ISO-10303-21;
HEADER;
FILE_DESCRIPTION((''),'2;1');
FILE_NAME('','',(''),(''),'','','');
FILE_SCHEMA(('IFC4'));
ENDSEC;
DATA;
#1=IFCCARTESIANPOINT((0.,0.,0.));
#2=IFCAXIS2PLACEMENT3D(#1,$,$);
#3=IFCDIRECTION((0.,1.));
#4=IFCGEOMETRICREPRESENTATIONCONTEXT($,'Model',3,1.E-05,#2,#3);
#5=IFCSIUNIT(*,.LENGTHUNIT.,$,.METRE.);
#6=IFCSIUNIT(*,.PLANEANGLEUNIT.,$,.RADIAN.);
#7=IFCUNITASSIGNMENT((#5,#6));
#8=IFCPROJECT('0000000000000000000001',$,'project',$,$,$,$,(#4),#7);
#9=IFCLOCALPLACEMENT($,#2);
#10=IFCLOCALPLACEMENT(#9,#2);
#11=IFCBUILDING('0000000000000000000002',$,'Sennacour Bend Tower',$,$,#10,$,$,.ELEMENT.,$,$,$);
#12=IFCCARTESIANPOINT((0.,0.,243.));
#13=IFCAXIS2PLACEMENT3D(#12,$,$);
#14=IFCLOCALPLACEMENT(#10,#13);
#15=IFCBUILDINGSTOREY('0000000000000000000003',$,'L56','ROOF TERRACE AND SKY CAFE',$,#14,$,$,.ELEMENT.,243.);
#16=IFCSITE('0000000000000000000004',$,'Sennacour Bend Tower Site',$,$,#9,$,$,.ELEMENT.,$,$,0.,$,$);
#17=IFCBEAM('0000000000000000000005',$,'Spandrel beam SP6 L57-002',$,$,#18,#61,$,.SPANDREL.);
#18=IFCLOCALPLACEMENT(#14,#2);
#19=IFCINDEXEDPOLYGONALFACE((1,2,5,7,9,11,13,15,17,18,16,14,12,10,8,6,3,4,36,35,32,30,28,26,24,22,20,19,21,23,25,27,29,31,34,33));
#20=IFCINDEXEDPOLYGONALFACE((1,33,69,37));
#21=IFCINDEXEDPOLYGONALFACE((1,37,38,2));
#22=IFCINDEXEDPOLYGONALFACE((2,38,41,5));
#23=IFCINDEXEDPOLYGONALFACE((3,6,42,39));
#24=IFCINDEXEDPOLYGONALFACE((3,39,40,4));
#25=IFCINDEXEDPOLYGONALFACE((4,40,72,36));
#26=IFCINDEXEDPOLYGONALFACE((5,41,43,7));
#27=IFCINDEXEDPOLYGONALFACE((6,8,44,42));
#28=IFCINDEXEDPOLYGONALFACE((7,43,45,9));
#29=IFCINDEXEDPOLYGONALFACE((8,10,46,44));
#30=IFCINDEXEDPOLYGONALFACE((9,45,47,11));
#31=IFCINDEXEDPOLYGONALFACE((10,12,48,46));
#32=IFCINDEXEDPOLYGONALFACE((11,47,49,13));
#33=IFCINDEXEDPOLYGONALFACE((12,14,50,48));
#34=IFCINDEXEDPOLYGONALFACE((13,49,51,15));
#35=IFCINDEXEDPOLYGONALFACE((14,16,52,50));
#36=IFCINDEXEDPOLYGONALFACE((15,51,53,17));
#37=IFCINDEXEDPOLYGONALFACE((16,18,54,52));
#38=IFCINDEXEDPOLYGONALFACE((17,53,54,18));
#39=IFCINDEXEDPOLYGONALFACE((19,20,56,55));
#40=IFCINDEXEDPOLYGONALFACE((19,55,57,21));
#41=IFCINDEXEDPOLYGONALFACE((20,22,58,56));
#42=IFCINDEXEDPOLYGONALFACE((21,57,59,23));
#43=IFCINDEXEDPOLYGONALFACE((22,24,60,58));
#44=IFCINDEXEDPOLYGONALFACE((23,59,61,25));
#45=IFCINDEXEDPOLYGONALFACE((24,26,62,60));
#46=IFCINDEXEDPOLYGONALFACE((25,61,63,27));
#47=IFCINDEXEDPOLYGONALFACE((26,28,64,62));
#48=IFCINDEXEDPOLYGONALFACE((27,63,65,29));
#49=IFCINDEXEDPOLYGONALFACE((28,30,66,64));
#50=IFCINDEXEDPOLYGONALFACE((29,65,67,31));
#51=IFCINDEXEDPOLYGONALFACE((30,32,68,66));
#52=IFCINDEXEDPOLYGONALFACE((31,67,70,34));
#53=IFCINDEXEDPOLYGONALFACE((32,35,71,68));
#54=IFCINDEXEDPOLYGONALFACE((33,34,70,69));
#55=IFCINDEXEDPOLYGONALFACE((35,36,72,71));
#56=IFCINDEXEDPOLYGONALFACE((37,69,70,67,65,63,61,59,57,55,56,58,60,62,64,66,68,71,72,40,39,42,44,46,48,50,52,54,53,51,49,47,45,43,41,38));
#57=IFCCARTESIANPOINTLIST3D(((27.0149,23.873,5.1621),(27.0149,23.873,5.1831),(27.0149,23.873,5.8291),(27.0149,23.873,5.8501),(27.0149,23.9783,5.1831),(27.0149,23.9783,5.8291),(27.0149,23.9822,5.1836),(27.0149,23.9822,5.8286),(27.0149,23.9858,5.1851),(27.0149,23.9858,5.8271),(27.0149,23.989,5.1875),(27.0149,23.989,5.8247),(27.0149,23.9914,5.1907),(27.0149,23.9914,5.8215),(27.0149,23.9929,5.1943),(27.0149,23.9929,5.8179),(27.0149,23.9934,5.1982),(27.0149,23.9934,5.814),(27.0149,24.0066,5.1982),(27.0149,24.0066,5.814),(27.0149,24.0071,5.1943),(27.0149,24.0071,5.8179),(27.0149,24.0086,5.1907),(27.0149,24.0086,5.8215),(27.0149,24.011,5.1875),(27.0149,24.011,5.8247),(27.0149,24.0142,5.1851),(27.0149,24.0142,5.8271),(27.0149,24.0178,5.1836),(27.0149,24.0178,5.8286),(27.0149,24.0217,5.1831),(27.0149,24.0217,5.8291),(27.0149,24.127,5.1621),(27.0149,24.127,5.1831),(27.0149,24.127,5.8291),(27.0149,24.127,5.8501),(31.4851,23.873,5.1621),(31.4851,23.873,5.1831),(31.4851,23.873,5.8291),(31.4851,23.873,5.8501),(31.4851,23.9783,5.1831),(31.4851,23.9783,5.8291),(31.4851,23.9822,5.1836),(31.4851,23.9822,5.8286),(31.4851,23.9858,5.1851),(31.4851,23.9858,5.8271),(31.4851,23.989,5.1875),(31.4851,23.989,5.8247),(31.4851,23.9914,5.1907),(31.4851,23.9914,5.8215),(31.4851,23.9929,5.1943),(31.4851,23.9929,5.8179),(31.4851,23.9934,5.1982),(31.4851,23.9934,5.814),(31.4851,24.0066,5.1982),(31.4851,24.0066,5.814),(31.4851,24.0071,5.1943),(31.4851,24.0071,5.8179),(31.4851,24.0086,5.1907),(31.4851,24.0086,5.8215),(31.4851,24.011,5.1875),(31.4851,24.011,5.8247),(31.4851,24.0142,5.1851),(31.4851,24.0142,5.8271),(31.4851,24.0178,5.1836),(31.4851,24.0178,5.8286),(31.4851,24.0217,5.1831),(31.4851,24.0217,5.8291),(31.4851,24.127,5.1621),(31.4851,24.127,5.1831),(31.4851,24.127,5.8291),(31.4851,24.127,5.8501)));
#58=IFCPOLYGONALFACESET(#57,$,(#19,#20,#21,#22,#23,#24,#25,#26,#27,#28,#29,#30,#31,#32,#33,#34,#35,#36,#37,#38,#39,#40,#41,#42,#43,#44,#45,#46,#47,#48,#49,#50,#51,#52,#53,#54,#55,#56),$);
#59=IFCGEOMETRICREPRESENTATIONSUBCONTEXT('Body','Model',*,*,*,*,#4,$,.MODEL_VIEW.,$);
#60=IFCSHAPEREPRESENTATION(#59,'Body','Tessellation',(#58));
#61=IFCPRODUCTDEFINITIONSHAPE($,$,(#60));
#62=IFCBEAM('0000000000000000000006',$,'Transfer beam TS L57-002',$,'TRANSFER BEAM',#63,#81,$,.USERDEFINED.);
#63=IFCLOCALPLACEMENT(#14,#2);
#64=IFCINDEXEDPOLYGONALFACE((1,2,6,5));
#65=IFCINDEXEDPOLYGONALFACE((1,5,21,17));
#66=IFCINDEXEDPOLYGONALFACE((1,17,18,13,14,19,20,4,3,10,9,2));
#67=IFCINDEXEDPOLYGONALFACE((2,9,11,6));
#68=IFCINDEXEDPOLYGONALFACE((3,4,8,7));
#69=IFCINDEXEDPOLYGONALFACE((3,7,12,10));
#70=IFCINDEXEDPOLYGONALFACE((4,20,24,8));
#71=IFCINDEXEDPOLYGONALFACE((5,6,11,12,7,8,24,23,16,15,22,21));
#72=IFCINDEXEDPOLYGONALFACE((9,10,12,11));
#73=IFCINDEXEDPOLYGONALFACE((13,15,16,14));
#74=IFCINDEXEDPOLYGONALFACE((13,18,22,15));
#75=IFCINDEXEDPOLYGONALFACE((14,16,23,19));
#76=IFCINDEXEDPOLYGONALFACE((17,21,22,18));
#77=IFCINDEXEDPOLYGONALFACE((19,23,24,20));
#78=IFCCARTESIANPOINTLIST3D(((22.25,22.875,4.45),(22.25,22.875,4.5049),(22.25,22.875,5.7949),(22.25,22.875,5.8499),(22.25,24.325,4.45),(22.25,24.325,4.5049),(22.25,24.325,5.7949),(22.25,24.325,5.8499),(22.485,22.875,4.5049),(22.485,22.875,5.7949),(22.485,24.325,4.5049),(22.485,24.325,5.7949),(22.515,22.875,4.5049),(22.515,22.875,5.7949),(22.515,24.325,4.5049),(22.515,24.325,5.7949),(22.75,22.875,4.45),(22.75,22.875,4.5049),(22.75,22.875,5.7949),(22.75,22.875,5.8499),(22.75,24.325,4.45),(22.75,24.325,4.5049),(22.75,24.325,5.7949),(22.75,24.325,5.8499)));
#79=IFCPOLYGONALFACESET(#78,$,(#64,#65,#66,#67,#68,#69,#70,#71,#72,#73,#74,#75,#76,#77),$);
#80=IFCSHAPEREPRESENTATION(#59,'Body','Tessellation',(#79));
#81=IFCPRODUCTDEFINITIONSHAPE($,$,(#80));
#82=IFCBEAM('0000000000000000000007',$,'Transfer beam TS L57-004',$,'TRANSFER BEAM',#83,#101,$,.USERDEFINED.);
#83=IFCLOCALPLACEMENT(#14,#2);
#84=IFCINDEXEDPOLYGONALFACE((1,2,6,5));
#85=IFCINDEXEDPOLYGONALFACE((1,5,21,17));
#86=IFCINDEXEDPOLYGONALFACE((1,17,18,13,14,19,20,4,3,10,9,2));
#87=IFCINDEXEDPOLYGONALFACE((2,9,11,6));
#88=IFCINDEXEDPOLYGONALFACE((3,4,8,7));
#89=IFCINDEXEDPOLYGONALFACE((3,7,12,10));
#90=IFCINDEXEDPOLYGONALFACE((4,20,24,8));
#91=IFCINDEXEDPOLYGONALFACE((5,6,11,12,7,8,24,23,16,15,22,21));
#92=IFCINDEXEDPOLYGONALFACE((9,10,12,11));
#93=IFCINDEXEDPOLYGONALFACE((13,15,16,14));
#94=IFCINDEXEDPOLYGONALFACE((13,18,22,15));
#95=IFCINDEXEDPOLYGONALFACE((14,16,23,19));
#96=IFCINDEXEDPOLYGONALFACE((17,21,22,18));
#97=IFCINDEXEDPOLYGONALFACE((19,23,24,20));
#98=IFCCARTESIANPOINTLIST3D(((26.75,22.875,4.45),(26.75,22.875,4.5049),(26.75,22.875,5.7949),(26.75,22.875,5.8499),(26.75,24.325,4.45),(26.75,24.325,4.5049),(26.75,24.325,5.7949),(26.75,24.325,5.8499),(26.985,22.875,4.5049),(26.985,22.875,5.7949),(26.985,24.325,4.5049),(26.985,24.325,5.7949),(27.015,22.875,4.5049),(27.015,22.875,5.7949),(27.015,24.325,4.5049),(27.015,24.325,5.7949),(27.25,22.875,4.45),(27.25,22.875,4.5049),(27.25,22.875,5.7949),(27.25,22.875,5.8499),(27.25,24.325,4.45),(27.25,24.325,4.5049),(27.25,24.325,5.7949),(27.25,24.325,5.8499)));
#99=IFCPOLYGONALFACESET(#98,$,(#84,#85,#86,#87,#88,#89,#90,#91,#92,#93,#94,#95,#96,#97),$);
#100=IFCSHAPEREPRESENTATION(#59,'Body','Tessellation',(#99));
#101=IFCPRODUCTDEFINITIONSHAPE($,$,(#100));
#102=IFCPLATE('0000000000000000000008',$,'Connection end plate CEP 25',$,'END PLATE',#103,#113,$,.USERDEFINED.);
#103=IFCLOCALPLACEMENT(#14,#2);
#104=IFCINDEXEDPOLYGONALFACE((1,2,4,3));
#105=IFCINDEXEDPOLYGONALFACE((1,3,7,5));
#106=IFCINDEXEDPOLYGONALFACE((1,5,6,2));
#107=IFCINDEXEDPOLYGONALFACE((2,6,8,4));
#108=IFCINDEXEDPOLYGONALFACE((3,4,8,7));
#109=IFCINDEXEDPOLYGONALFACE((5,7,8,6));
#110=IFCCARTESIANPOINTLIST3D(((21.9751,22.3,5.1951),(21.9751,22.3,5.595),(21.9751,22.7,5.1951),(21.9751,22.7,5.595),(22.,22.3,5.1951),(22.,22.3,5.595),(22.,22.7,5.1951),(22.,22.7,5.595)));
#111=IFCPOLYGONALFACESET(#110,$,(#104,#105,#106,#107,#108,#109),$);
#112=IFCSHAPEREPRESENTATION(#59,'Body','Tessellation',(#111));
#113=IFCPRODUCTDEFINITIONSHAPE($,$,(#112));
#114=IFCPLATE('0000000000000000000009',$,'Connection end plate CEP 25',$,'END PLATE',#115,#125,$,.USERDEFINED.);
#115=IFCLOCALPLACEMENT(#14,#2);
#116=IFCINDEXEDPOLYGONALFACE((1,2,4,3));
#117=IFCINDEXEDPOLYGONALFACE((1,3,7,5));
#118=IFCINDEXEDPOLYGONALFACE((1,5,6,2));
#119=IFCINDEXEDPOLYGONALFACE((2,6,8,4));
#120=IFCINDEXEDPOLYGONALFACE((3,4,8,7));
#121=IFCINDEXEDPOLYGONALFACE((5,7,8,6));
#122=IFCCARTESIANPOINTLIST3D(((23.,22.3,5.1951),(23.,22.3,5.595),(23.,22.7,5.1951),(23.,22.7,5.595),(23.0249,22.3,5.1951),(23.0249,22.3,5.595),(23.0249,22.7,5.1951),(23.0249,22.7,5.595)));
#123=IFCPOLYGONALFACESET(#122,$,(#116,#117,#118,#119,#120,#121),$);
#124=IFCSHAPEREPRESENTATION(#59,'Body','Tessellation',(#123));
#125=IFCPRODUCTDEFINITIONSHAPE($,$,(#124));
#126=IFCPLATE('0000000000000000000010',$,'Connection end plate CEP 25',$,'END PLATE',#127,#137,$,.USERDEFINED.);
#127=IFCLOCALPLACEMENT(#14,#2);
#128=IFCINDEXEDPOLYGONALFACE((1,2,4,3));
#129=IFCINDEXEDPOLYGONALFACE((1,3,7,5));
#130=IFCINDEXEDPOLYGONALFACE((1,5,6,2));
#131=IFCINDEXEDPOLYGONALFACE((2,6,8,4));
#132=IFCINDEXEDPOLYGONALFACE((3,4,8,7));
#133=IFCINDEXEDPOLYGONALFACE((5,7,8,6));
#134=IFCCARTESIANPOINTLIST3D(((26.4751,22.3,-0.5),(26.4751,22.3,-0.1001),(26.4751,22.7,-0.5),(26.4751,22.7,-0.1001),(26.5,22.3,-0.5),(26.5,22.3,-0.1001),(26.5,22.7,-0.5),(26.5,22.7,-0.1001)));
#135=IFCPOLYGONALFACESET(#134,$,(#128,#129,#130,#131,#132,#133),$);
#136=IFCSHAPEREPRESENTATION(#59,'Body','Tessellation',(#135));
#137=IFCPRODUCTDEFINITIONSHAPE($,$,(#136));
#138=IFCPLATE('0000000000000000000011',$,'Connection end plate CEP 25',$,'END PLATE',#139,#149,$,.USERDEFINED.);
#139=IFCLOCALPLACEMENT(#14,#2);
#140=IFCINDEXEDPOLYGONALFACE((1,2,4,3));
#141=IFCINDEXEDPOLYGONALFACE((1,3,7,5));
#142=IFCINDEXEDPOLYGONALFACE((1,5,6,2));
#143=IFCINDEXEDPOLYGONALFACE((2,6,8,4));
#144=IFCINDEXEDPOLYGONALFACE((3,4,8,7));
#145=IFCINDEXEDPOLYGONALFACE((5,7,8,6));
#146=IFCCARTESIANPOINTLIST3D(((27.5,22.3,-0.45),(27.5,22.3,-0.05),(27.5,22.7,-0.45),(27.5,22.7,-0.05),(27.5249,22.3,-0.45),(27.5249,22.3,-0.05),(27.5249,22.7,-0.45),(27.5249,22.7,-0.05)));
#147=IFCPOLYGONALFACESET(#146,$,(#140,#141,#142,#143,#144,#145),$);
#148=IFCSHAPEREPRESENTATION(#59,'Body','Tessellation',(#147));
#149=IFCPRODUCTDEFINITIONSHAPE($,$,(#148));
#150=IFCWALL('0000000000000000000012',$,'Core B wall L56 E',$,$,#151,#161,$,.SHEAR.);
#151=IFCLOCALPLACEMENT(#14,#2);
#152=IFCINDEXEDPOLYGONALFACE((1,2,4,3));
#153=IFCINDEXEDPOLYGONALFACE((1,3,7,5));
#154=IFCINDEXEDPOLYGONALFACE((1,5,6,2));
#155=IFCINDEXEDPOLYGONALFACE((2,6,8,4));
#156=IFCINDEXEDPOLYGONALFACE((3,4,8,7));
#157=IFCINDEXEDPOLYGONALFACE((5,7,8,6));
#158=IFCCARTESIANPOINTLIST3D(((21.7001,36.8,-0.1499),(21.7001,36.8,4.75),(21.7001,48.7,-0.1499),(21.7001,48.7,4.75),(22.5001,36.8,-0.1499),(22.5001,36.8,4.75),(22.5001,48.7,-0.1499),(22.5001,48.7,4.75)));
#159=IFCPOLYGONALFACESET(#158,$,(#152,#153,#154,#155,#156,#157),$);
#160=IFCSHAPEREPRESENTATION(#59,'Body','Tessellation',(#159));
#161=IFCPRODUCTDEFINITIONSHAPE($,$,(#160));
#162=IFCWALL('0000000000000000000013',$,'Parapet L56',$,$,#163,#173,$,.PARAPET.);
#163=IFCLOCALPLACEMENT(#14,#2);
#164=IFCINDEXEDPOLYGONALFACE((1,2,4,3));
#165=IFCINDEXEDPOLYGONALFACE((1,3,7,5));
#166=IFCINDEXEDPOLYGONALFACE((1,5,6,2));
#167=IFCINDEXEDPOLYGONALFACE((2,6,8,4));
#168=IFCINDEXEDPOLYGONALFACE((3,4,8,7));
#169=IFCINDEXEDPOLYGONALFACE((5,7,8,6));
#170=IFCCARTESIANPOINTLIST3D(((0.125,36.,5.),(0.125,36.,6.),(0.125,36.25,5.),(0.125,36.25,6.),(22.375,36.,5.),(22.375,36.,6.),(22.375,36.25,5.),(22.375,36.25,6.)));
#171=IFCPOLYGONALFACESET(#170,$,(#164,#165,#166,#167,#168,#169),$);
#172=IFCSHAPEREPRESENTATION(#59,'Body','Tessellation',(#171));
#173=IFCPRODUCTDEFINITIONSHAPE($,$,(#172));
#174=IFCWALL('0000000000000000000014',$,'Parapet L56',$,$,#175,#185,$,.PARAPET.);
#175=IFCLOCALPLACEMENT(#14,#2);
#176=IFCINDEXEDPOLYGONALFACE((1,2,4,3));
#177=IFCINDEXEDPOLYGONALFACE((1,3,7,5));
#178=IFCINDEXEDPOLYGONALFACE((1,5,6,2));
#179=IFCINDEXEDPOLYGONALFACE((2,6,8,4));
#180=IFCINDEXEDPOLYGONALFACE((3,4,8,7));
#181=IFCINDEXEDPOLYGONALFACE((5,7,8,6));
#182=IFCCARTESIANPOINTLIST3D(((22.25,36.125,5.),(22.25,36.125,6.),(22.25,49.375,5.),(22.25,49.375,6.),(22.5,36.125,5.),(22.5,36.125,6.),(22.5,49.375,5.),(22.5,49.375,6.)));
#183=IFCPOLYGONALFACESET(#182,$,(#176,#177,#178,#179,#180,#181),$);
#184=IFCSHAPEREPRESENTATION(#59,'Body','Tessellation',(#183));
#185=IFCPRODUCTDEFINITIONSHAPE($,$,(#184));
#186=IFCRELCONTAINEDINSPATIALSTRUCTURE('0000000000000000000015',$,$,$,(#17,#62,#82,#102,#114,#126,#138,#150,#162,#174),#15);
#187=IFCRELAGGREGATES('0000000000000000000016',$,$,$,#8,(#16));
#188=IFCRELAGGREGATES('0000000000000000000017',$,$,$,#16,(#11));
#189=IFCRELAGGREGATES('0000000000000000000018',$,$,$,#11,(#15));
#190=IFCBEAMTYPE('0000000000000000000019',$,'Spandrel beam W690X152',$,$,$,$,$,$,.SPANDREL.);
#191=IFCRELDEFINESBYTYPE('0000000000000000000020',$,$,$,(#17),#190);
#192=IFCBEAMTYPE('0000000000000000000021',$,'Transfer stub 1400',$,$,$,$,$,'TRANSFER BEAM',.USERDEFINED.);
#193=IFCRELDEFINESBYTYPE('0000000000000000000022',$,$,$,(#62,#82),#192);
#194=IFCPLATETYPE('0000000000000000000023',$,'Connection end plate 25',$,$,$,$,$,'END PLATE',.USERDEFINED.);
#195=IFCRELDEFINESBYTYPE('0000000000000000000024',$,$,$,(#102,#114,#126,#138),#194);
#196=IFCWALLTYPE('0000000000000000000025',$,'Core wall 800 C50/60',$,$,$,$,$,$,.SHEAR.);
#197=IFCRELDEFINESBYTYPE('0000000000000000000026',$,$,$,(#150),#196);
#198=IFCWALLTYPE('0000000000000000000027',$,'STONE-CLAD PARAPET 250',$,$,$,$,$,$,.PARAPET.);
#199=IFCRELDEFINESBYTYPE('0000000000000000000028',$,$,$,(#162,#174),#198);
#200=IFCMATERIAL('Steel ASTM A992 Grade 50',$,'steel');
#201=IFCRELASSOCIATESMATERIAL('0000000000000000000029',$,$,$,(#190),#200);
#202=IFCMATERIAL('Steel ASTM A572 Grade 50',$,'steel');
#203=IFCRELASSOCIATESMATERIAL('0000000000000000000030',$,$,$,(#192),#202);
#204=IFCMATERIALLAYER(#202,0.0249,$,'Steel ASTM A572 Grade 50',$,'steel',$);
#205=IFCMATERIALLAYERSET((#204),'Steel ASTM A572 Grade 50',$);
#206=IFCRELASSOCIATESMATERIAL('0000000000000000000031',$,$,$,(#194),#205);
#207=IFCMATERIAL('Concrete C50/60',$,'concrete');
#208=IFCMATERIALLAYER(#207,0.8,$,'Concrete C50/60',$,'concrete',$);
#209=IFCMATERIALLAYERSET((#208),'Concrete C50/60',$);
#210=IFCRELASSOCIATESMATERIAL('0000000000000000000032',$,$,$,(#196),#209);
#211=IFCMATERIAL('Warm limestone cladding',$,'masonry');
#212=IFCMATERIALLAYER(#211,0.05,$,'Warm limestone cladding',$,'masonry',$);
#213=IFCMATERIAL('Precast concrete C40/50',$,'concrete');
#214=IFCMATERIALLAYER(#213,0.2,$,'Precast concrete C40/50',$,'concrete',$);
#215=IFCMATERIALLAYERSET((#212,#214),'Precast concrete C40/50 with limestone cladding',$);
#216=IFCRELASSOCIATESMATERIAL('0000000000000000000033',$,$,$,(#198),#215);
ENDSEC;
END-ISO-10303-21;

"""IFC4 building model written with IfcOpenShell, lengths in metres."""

from ifc_helpers import new_model, si_unit, direction, frame, frame_2d, origin, origin_2d, place, context, subcontext, project, spatial, rectangle, i_section, extrude, material, layer, layer_set, material_profile, profile_set, type_object, element, save


model = new_model("IFC4")

# Units and contexts
model_context = context("Model", 3, precision=1e-05, world=origin(), true_north=direction((0.0, 1.0)))
body_context = subcontext(model_context, "Body", "Model", "MODEL_VIEW")
ifc_project = project(units=[si_unit("LENGTHUNIT", "METRE"), si_unit("PLANEANGLEUNIT", "RADIAN")], contexts=[model_context])

# Site, building, storey
site_placement = place(None, origin())
site = spatial("IfcSite", under=ifc_project, at=site_placement, Name="Sennacour Bend Tower Site", CompositionType="ELEMENT", RefElevation=0.0)
building_placement = place(site_placement, origin())
building = spatial("IfcBuilding", under=site, at=building_placement, Name="Sennacour Bend Tower", CompositionType="ELEMENT")
storey_placement = place(building_placement, frame((0.0, 0.0, 243.0)))
storey = spatial("IfcBuildingStorey", under=building, at=storey_placement, Name="L56", Description="ROOF TERRACE AND SKY CAFE", CompositionType="ELEMENT", Elevation=243.0)

# Shared definitions
ifc_material_1 = material(Name="Steel ASTM A572 Grade 50", Category="steel")

# Shared definitions
ifc_material_2 = material(Name="Steel ASTM A992 Grade 50", Category="steel")

# Beams
ifc_material_profile_1 = material_profile(ifc_material_2, i_section(OverallWidth=0.2539, OverallDepth=0.688, WebThickness=0.0132, FlangeThickness=0.021, FilletRadius=0.0151, at=origin_2d()), Name="Steel ASTM A992 Grade 50", Category="steel")
ifc_profile_set_1 = profile_set([ifc_material_profile_1], Name="Steel ASTM A992 Grade 50")
beam_type_1 = type_object("IfcBeamType", Name="Spandrel beam W690X152", PredefinedType="SPANDREL", material=ifc_profile_set_1)
for number, where, z_axis, x_axis, name in (
    (1, (27.0149, 24.0, 5.5061), (1.0, 0.0, 0.0), (0.0, 1.0, 0.0), "Spandrel beam SP6 L57-002"),
):
    element("IfcBeam", number, at=place(storey_placement, frame(where, z_axis=z_axis, x_axis=x_axis)), inside=storey, type_object=beam_type_1, Name=name, PredefinedType="SPANDREL", context=body_context, shape_type="SweptSolid", body=[
        extrude(i_section(OverallWidth=0.2539, OverallDepth=0.688, WebThickness=0.0132, FlangeThickness=0.021, FilletRadius=0.0151, at=origin_2d()), origin(), (0.0, 0.0, 1.0), 4.4702),
    ])
ifc_material_profile_2 = material_profile(ifc_material_1, i_section(OverallWidth=0.5, OverallDepth=1.3999, WebThickness=0.03, FlangeThickness=0.0549, at=origin_2d()), Name="Steel ASTM A572 Grade 50", Category="steel")
ifc_profile_set_2 = profile_set([ifc_material_profile_2], Name="Steel ASTM A572 Grade 50")
beam_type_2 = type_object("IfcBeamType", Name="Transfer stub 1400", ElementType="TRANSFER BEAM", PredefinedType="USERDEFINED", material=ifc_profile_set_2)
for number, where, z_axis, x_axis, name in (
    (2, (22.5, 22.875, 5.1499), (0.0, 1.0, 0.0), (-1.0, 0.0, 0.0), "Transfer beam TS L57-002"),
    (3, (27.0, 22.875, 5.1499), (0.0, 1.0, 0.0), (-1.0, 0.0, 0.0), "Transfer beam TS L57-004"),
):
    element("IfcBeam", number, at=place(storey_placement, frame(where, z_axis=z_axis, x_axis=x_axis)), inside=storey, type_object=beam_type_2, Name=name, ObjectType="TRANSFER BEAM", PredefinedType="USERDEFINED", context=body_context, shape_type="SweptSolid", body=[
        extrude(i_section(OverallWidth=0.5, OverallDepth=1.3999, WebThickness=0.03, FlangeThickness=0.0549, at=origin_2d()), origin(), (0.0, 0.0, 1.0), 1.45),
    ])

# Plates
ifc_layer_1 = layer(ifc_material_1, 0.0249, Name="Steel ASTM A572 Grade 50", Category="steel")
ifc_layer_set_1 = layer_set([ifc_layer_1], Name="Steel ASTM A572 Grade 50")
plate_type = type_object("IfcPlateType", Name="Connection end plate 25", ElementType="END PLATE", PredefinedType="USERDEFINED", material=ifc_layer_set_1)
for number, where, z_axis, x_axis, name in (
    (4, (21.9875, 22.5, 5.1951), (0.0, 0.0, 1.0), (1.0, 0.0, 0.0), "Connection end plate CEP 25"),
    (5, (23.0125, 22.5, 5.1951), (0.0, 0.0, 1.0), (-1.0, 0.0, 0.0), "Connection end plate CEP 25"),
    (6, (26.4875, 22.5, -0.5), (0.0, 0.0, 1.0), (1.0, 0.0, 0.0), "Connection end plate CEP 25"),
    (7, (27.5125, 22.5, -0.45), (0.0, 0.0, 1.0), (-1.0, 0.0, 0.0), "Connection end plate CEP 25"),
):
    element("IfcPlate", number, at=place(storey_placement, frame(where, z_axis=z_axis, x_axis=x_axis)), inside=storey, type_object=plate_type, Name=name, ObjectType="END PLATE", PredefinedType="USERDEFINED", context=body_context, shape_type="SweptSolid", body=[
        extrude(rectangle(XDim=0.0249, YDim=0.3999, at=origin_2d()), origin(), (0.0, 0.0, 1.0), 0.3999),
    ])

# Walls
ifc_material_3 = material(Name="Concrete C50/60", Category="concrete")
ifc_layer_2 = layer(ifc_material_3, 0.8, Name="Concrete C50/60", Category="concrete")
ifc_layer_set_2 = layer_set([ifc_layer_2], Name="Concrete C50/60")
wall_type_1 = type_object("IfcWallType", Name="Core wall 800 C50/60", PredefinedType="SHEAR", material=ifc_layer_set_2)
wall_1_placement = place(storey_placement, frame((22.1001, 36.8, -0.1499), z_axis=(0.0, 0.0, 1.0), x_axis=(0.0, 1.0, 0.0)))
element("IfcWall", 8, at=wall_1_placement, inside=storey, type_object=wall_type_1, Name="Core B wall L56 E", PredefinedType="SHEAR", context=body_context, shape_type="SweptSolid", body=[
    extrude(rectangle(XDim=11.8999, YDim=0.8, at=frame_2d((5.95, 0.0))), origin(), (0.0, 0.0, 1.0), 4.8999),
])
ifc_material_4 = material(Name="Warm limestone cladding", Category="masonry")
ifc_layer_3 = layer(ifc_material_4, 0.05, Name="Warm limestone cladding", Category="masonry")
ifc_material_5 = material(Name="Precast concrete C40/50", Category="concrete")
ifc_layer_4 = layer(ifc_material_5, 0.2, Name="Precast concrete C40/50", Category="concrete")
ifc_layer_set_3 = layer_set([ifc_layer_3, ifc_layer_4], Name="Precast concrete C40/50 with limestone cladding")
wall_type_2 = type_object("IfcWallType", Name="STONE-CLAD PARAPET 250", PredefinedType="PARAPET", material=ifc_layer_set_3)
wall_2_placement = place(storey_placement, frame((22.375, 36.125, 5.0), z_axis=(0.0, 0.0, 1.0), x_axis=(-1.0, 0.0, 0.0)))
element("IfcWall", 9, at=wall_2_placement, inside=storey, type_object=wall_type_2, Name="Parapet L56", PredefinedType="PARAPET", context=body_context, shape_type="SweptSolid", body=[
    extrude(rectangle(XDim=22.25, YDim=0.25, at=frame_2d((11.125, 0.0))), origin(), (0.0, 0.0, 1.0), 1.0),
])
wall_3_placement = place(storey_placement, frame((22.375, 49.375, 5.0), z_axis=(0.0, 0.0, 1.0), x_axis=(0.0, -1.0, 0.0)))
element("IfcWall", 10, at=wall_3_placement, inside=storey, type_object=wall_type_2, Name="Parapet L56", PredefinedType="PARAPET", context=body_context, shape_type="SweptSolid", body=[
    extrude(rectangle(XDim=13.25, YDim=0.25, at=frame_2d((6.625, 0.0))), origin(), (0.0, 0.0, 1.0), 1.0),
])

save(model, "model.ifc")
